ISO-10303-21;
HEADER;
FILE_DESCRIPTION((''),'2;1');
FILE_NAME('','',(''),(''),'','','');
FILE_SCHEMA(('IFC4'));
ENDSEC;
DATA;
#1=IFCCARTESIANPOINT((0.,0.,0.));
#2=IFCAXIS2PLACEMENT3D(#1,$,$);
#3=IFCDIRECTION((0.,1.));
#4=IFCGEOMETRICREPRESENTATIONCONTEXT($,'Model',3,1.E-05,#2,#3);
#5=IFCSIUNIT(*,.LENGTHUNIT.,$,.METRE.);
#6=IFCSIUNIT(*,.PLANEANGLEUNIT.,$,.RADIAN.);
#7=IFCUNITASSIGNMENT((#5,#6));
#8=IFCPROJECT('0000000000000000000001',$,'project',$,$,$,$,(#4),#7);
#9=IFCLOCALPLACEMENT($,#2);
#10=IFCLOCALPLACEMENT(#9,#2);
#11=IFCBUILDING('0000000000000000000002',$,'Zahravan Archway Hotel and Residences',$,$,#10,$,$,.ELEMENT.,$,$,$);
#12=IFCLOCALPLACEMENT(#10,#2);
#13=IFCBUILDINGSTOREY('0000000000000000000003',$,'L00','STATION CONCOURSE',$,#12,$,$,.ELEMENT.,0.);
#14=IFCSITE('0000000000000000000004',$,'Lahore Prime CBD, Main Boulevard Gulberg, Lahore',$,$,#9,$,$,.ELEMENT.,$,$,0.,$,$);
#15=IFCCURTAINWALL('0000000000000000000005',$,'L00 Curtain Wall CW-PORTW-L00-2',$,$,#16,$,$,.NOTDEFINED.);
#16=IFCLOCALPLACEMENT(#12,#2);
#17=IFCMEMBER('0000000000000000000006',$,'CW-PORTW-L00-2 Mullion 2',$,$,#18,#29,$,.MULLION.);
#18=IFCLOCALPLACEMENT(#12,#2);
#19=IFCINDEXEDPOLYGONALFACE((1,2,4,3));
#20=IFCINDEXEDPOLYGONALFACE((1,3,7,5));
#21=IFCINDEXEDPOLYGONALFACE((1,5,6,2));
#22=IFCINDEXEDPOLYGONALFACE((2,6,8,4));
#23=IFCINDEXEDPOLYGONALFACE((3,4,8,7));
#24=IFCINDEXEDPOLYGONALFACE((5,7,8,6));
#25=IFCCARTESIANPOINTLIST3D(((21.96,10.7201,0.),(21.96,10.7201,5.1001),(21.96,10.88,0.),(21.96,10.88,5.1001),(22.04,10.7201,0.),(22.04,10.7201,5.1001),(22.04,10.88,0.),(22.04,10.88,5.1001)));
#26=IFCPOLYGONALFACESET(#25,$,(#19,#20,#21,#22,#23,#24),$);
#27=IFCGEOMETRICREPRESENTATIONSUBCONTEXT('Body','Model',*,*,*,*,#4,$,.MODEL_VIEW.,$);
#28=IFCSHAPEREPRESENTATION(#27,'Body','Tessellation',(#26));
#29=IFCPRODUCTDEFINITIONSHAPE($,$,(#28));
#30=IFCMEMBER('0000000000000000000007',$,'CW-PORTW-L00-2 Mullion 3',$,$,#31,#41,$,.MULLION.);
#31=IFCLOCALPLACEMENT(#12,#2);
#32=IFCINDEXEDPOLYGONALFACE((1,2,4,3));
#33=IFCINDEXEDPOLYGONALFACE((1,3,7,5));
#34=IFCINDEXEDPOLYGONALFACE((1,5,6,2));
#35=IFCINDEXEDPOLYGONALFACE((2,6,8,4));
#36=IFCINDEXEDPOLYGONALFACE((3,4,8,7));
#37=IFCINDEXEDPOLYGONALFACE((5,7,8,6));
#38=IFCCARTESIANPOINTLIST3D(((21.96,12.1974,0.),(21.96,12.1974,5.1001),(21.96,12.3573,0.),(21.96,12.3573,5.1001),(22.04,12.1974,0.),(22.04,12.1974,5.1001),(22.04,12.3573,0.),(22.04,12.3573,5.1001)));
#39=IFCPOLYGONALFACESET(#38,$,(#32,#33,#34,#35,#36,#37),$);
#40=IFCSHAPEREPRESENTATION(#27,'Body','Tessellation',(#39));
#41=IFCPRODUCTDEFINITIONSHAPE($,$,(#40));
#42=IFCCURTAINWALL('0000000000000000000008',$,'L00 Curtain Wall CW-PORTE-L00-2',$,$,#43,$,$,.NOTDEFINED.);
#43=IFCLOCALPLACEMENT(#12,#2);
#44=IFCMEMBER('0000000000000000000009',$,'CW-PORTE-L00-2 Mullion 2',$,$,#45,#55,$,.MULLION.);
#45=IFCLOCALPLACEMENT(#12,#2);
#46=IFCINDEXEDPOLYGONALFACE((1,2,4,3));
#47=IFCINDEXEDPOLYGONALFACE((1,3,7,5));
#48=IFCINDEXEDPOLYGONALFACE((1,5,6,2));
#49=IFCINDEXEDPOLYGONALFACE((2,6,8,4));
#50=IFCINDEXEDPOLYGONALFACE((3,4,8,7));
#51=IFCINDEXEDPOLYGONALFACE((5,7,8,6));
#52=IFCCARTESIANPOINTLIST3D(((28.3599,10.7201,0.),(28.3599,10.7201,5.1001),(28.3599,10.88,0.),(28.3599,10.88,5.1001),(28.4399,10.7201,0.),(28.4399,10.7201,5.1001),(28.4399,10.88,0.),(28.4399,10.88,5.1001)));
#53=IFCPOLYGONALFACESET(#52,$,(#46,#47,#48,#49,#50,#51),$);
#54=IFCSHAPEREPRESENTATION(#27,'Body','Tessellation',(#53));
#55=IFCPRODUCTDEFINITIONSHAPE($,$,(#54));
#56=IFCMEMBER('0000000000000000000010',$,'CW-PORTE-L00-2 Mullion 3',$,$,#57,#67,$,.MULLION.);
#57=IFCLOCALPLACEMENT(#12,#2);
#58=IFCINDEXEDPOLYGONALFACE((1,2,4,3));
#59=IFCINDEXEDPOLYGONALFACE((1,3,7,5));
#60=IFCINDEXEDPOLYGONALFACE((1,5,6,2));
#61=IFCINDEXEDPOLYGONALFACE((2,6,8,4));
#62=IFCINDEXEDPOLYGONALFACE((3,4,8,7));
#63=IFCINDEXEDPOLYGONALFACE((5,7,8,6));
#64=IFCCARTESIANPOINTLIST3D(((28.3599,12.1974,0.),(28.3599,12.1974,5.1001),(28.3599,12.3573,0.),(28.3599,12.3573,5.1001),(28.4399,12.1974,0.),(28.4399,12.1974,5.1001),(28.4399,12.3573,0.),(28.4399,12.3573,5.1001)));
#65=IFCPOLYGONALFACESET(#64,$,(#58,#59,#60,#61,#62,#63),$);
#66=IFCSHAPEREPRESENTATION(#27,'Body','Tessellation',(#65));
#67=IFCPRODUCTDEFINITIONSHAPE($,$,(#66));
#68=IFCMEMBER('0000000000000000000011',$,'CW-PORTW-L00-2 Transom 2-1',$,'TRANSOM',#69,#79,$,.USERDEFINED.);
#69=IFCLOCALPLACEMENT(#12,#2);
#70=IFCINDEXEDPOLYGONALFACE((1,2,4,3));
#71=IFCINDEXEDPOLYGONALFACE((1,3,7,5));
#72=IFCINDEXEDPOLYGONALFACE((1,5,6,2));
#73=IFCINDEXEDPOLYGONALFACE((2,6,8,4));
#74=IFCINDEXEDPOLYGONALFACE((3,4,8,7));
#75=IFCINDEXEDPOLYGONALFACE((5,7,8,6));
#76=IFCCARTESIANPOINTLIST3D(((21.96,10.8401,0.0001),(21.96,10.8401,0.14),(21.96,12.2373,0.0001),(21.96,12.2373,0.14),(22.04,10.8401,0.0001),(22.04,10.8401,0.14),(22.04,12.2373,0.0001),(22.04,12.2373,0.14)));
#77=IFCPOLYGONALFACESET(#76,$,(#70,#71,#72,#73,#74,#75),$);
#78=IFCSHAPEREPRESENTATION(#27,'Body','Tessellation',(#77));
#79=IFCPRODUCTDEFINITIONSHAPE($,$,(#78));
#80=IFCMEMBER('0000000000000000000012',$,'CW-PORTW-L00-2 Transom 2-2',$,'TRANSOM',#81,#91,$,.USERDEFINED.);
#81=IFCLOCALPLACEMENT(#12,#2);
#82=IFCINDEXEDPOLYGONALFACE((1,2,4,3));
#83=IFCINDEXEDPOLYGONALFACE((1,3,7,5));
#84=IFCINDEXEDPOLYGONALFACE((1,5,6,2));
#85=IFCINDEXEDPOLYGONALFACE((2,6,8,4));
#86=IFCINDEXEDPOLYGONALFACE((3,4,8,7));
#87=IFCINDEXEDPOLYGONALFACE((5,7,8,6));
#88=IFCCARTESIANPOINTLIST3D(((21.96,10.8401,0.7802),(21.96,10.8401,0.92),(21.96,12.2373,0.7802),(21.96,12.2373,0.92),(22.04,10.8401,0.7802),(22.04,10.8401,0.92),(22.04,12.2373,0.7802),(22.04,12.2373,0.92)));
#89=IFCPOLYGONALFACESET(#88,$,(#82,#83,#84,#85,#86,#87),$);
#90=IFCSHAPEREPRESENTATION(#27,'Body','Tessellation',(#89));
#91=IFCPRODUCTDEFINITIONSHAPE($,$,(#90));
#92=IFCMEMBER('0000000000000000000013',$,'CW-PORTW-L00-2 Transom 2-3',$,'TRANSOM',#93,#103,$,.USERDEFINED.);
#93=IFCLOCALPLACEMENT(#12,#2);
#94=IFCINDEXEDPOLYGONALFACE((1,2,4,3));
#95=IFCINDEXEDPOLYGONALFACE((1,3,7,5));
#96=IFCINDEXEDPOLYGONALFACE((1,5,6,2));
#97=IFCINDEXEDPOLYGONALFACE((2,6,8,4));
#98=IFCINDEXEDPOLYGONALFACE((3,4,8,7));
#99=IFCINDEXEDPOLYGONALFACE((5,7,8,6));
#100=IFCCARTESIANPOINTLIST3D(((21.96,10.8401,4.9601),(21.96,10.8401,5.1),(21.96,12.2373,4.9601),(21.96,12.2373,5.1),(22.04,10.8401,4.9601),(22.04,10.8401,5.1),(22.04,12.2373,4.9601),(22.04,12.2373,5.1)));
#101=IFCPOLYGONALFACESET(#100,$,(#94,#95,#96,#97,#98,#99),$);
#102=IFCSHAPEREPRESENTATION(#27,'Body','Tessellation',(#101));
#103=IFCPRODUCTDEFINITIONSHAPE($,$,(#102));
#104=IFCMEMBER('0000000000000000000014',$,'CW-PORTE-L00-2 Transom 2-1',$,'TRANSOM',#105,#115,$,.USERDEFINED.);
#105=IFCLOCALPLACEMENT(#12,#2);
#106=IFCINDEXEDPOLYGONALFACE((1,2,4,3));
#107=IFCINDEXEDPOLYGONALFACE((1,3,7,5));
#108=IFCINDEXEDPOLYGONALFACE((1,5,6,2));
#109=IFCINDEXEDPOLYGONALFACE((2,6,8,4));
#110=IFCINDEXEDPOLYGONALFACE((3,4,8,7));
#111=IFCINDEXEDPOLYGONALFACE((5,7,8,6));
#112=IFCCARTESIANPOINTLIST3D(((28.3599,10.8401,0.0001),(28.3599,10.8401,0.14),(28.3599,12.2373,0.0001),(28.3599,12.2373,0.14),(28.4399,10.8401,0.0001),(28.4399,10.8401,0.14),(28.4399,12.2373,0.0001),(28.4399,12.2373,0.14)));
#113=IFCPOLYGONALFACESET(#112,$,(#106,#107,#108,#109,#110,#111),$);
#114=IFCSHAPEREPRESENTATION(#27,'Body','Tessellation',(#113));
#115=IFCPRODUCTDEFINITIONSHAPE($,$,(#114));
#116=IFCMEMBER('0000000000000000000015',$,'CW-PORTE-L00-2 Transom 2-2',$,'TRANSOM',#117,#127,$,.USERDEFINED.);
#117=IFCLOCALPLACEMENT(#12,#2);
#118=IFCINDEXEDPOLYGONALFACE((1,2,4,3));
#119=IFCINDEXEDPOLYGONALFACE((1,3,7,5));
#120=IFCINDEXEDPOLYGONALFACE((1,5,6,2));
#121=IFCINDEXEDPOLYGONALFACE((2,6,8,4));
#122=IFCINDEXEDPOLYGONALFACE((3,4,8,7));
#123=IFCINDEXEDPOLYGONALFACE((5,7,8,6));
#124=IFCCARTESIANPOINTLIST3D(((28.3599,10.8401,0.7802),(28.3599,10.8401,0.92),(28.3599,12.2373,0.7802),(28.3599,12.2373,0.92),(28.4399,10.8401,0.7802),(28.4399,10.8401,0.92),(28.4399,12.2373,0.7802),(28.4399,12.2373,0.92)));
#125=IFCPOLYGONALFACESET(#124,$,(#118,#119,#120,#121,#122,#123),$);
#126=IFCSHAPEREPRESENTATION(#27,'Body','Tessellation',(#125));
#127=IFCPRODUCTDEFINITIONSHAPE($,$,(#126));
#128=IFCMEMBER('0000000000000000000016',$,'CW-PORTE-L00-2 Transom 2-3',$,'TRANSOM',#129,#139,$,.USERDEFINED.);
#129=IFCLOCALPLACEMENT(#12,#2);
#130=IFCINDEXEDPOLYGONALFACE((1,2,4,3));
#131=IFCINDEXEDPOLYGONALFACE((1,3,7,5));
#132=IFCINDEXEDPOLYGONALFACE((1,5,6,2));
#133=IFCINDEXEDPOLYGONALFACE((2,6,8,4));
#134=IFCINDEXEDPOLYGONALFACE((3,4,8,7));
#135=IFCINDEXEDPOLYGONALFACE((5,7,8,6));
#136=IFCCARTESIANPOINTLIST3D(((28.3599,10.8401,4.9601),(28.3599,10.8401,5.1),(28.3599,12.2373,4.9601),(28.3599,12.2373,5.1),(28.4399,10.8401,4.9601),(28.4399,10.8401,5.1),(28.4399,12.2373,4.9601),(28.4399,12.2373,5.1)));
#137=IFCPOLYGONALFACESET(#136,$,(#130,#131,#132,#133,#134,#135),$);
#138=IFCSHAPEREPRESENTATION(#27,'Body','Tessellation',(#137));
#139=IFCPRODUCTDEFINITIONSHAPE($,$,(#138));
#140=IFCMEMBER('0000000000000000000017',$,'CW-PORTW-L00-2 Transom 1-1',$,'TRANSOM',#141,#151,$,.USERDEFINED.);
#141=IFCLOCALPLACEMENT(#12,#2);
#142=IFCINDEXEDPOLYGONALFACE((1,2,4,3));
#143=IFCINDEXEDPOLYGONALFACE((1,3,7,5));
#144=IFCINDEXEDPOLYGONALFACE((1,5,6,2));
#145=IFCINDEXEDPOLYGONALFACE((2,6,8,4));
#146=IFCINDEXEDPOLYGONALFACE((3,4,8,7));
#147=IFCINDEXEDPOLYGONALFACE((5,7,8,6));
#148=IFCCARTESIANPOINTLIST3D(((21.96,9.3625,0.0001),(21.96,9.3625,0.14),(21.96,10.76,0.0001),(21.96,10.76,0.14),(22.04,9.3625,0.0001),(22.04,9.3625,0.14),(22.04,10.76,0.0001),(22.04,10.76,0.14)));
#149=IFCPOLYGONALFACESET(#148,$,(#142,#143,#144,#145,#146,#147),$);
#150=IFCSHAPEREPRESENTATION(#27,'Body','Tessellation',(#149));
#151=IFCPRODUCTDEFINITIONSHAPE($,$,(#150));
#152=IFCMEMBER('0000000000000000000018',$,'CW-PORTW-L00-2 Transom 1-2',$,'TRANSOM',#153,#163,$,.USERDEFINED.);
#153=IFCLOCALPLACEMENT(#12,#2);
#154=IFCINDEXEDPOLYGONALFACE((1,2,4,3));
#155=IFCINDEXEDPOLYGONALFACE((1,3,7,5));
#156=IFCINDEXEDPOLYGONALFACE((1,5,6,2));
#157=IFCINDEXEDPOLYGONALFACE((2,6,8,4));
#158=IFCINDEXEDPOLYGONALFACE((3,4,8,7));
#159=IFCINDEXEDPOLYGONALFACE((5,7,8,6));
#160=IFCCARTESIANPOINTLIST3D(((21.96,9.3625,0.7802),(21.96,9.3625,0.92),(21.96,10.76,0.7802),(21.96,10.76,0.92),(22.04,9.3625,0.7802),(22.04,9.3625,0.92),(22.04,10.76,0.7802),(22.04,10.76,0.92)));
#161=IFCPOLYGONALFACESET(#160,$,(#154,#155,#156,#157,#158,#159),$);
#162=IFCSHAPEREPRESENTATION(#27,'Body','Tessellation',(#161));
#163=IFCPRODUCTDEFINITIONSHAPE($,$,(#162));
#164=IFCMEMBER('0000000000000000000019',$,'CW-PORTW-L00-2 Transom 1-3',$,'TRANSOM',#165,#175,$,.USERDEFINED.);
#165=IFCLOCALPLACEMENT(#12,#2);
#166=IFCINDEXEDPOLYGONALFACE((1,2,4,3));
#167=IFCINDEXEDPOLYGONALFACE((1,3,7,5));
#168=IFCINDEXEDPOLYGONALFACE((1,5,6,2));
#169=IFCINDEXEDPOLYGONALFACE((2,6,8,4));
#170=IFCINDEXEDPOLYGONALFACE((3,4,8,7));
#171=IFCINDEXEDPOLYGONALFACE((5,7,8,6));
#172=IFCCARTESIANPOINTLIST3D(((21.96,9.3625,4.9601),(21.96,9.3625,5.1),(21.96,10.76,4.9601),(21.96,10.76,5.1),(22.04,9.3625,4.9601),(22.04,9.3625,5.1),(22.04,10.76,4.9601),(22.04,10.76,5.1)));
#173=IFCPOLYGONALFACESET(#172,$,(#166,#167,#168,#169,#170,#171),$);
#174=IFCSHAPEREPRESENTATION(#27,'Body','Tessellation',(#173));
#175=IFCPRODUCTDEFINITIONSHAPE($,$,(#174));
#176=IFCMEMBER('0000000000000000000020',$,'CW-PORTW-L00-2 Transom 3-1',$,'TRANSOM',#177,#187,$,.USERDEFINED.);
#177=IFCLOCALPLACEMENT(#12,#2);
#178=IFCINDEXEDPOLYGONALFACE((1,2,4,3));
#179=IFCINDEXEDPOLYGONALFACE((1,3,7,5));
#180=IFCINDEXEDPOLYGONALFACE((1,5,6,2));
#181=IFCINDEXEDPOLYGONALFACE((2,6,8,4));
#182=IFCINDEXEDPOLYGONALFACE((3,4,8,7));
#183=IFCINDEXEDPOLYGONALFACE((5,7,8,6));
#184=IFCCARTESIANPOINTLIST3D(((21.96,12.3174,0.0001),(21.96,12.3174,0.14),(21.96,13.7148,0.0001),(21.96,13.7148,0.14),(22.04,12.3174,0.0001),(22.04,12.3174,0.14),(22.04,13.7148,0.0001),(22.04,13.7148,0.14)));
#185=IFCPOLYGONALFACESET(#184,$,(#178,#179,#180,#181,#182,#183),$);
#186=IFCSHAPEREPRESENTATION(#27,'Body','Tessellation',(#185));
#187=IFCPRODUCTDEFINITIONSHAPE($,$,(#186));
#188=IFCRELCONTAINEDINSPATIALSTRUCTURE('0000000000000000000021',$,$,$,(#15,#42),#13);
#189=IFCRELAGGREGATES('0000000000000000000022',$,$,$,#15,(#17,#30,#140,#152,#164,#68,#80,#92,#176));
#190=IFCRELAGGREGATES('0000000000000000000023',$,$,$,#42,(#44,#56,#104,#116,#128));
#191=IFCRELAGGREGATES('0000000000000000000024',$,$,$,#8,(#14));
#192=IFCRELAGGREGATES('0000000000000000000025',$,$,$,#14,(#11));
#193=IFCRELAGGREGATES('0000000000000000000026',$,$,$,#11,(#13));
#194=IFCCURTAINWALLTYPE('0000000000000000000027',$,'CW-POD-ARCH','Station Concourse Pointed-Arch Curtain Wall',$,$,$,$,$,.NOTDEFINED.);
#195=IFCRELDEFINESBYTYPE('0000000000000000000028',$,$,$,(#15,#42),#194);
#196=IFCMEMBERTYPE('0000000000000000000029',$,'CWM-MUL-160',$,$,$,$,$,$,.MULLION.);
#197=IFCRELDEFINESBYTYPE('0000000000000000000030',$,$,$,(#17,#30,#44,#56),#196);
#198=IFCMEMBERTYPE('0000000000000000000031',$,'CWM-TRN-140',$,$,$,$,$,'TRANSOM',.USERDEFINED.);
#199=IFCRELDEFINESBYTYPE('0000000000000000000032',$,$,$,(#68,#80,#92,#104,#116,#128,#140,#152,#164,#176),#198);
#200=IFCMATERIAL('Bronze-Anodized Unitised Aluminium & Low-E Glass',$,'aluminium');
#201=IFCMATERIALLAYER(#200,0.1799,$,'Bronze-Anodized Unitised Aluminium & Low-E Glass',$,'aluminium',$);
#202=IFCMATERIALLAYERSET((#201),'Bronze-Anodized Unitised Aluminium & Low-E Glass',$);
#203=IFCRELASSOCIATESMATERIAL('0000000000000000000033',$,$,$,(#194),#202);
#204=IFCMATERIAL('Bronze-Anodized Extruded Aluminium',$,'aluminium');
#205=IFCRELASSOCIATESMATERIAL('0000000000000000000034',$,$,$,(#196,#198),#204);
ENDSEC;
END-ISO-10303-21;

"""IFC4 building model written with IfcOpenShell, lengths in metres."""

from ifc_helpers import new_model, si_unit, direction, frame, origin, origin_2d, place, context, subcontext, project, spatial, rectangle, extrude, source, transform, mapped, material, layer, layer_set, material_profile, profile_set, type_object, element, aggregate, save


model = new_model("IFC4")

# Units and contexts
model_context = context("Model", 3, precision=1e-05, world=origin(), true_north=direction((0.0, 1.0)))
body_context = subcontext(model_context, "Body", "Model", "MODEL_VIEW")
ifc_project = project(units=[si_unit("LENGTHUNIT", "METRE"), si_unit("PLANEANGLEUNIT", "RADIAN")], contexts=[model_context])

# Site, building, storey
site_placement = place(None, origin())
site = spatial("IfcSite", under=ifc_project, at=site_placement, Name="Lahore Prime CBD, Main Boulevard Gulberg, Lahore", CompositionType="ELEMENT", RefElevation=0.0)
building_placement = place(site_placement, origin())
building = spatial("IfcBuilding", under=site, at=building_placement, Name="Zahravan Archway Hotel and Residences", CompositionType="ELEMENT")
storey_placement = place(building_placement, origin())
storey = spatial("IfcBuildingStorey", under=building, at=storey_placement, Name="L00", Description="STATION CONCOURSE", CompositionType="ELEMENT", Elevation=0.0)

# Curtain walls, members
ifc_material_1 = material(Name="Bronze-Anodized Unitised Aluminium & Low-E Glass", Category="aluminium")
ifc_layer_1 = layer(ifc_material_1, 0.1799, Name="Bronze-Anodized Unitised Aluminium & Low-E Glass", Category="aluminium")
ifc_layer_set_1 = layer_set([ifc_layer_1], Name="Bronze-Anodized Unitised Aluminium & Low-E Glass")
curtain_wall_type = type_object("IfcCurtainWallType", Name="CW-POD-ARCH", Description="Station Concourse Pointed-Arch Curtain Wall", PredefinedType="NOTDEFINED", material=ifc_layer_set_1)
curtain_wall_1_placement = place(storey_placement, origin())
curtain_wall_1 = element("IfcCurtainWall", 1, at=curtain_wall_1_placement, inside=storey, type_object=curtain_wall_type, Name="L00 Curtain Wall CW-PORTW-L00-2", PredefinedType="NOTDEFINED")
ifc_material_2 = material(Name="Bronze-Anodized Extruded Aluminium", Category="aluminium")
ifc_material_profile_1 = material_profile(ifc_material_2, rectangle(XDim=0.0801, YDim=0.1599, at=origin_2d()), Name="MUL 80x160", Category="aluminium")
ifc_profile_set_1 = profile_set([ifc_material_profile_1], Name="Bronze-Anodized Extruded Aluminium")
member_type_1 = type_object("IfcMemberType", Name="CWM-MUL-160", PredefinedType="MULLION", material=ifc_profile_set_1)
shared_shape_1 = source(origin(), body_context, "Body", "SweptSolid", [
    extrude(rectangle(XDim=0.0801, YDim=0.1599, at=origin_2d()), origin(), (0.0, 0.0, 1.0), 5.1001),
])
member_1_placement = place(storey_placement, frame((22.0, 10.8, 0.0), z_axis=(0.0, 0.0, 1.0), x_axis=(1.0, 0.0, 0.0)))
member_1 = element("IfcMember", 2, at=member_1_placement, type_object=member_type_1, Name="CW-PORTW-L00-2 Mullion 2", PredefinedType="MULLION", context=body_context, shape_type="MappedRepresentation", body=[
    mapped(shared_shape_1, transform((0.0, 0.0, 0.0), scale=1.0)),
])
member_2_placement = place(storey_placement, frame((22.0, 12.2773, 0.0), z_axis=(0.0, 0.0, 1.0), x_axis=(1.0, 0.0, 0.0)))
member_2 = element("IfcMember", 3, at=member_2_placement, type_object=member_type_1, Name="CW-PORTW-L00-2 Mullion 3", PredefinedType="MULLION", context=body_context, shape_type="MappedRepresentation", body=[
    mapped(shared_shape_1, transform((0.0, 0.0, 0.0), scale=1.0)),
])
curtain_wall_2_placement = place(storey_placement, origin())
curtain_wall_2 = element("IfcCurtainWall", 4, at=curtain_wall_2_placement, inside=storey, type_object=curtain_wall_type, Name="L00 Curtain Wall CW-PORTE-L00-2", PredefinedType="NOTDEFINED")
member_3_placement = place(storey_placement, frame((28.3999, 10.8, 0.0), z_axis=(0.0, 0.0, 1.0), x_axis=(1.0, 0.0, 0.0)))
member_3 = element("IfcMember", 5, at=member_3_placement, type_object=member_type_1, Name="CW-PORTE-L00-2 Mullion 2", PredefinedType="MULLION", context=body_context, shape_type="MappedRepresentation", body=[
    mapped(shared_shape_1, transform((0.0, 0.0, 0.0), scale=1.0)),
])
member_4_placement = place(storey_placement, frame((28.3999, 12.2773, 0.0), z_axis=(0.0, 0.0, 1.0), x_axis=(1.0, 0.0, 0.0)))
member_4 = element("IfcMember", 6, at=member_4_placement, type_object=member_type_1, Name="CW-PORTE-L00-2 Mullion 3", PredefinedType="MULLION", context=body_context, shape_type="MappedRepresentation", body=[
    mapped(shared_shape_1, transform((0.0, 0.0, 0.0), scale=1.0)),
])

# Members
ifc_material_profile_2 = material_profile(ifc_material_2, rectangle(XDim=0.0801, YDim=0.1399, at=origin_2d()), Name="TRN 80x140", Category="aluminium")
ifc_profile_set_2 = profile_set([ifc_material_profile_2], Name="Bronze-Anodized Extruded Aluminium")
member_type_2 = type_object("IfcMemberType", Name="CWM-TRN-140", ElementType="TRANSOM", PredefinedType="USERDEFINED", material=ifc_profile_set_2)
shared_shape_2 = source(origin(), body_context, "Body", "SweptSolid", [
    extrude(rectangle(XDim=0.0801, YDim=0.1399, at=origin_2d()), origin(), (0.0, 0.0, 1.0), 1.3972),
])
member_5_placement = place(storey_placement, frame((22.0, 10.8401, 0.0701), z_axis=(0.0, 1.0, 0.0), x_axis=(-1.0, 0.0, 0.0)))
member_5 = element("IfcMember", 7, at=member_5_placement, type_object=member_type_2, Name="CW-PORTW-L00-2 Transom 2-1", ObjectType="TRANSOM", PredefinedType="USERDEFINED", context=body_context, shape_type="MappedRepresentation", body=[
    mapped(shared_shape_2, transform((0.0, 0.0, 0.0), scale=1.0)),
])
member_6_placement = place(storey_placement, frame((22.0, 10.8401, 0.8501), z_axis=(0.0, 1.0, 0.0), x_axis=(-1.0, 0.0, 0.0)))
member_6 = element("IfcMember", 8, at=member_6_placement, type_object=member_type_2, Name="CW-PORTW-L00-2 Transom 2-2", ObjectType="TRANSOM", PredefinedType="USERDEFINED", context=body_context, shape_type="MappedRepresentation", body=[
    mapped(shared_shape_2, transform((0.0, 0.0, 0.0), scale=1.0)),
])
member_7_placement = place(storey_placement, frame((22.0, 10.8401, 5.03), z_axis=(0.0, 1.0, 0.0), x_axis=(-1.0, 0.0, 0.0)))
member_7 = element("IfcMember", 9, at=member_7_placement, type_object=member_type_2, Name="CW-PORTW-L00-2 Transom 2-3", ObjectType="TRANSOM", PredefinedType="USERDEFINED", context=body_context, shape_type="MappedRepresentation", body=[
    mapped(shared_shape_2, transform((0.0, 0.0, 0.0), scale=1.0)),
])
member_8_placement = place(storey_placement, frame((28.3999, 10.8401, 0.0701), z_axis=(0.0, 1.0, 0.0), x_axis=(-1.0, 0.0, 0.0)))
member_8 = element("IfcMember", 10, at=member_8_placement, type_object=member_type_2, Name="CW-PORTE-L00-2 Transom 2-1", ObjectType="TRANSOM", PredefinedType="USERDEFINED", context=body_context, shape_type="MappedRepresentation", body=[
    mapped(shared_shape_2, transform((0.0, 0.0, 0.0), scale=1.0)),
])
member_9_placement = place(storey_placement, frame((28.3999, 10.8401, 0.8501), z_axis=(0.0, 1.0, 0.0), x_axis=(-1.0, 0.0, 0.0)))
member_9 = element("IfcMember", 11, at=member_9_placement, type_object=member_type_2, Name="CW-PORTE-L00-2 Transom 2-2", ObjectType="TRANSOM", PredefinedType="USERDEFINED", context=body_context, shape_type="MappedRepresentation", body=[
    mapped(shared_shape_2, transform((0.0, 0.0, 0.0), scale=1.0)),
])
member_10_placement = place(storey_placement, frame((28.3999, 10.8401, 5.03), z_axis=(0.0, 1.0, 0.0), x_axis=(-1.0, 0.0, 0.0)))
member_10 = element("IfcMember", 12, at=member_10_placement, type_object=member_type_2, Name="CW-PORTE-L00-2 Transom 2-3", ObjectType="TRANSOM", PredefinedType="USERDEFINED", context=body_context, shape_type="MappedRepresentation", body=[
    mapped(shared_shape_2, transform((0.0, 0.0, 0.0), scale=1.0)),
])
shared_shape_3 = source(origin(), body_context, "Body", "SweptSolid", [
    extrude(rectangle(XDim=0.0801, YDim=0.1399, at=origin_2d()), origin(), (0.0, 0.0, 1.0), 1.3975),
])
member_11_placement = place(storey_placement, frame((22.0, 9.3625, 0.0701), z_axis=(0.0, 1.0, 0.0), x_axis=(-1.0, 0.0, 0.0)))
member_11 = element("IfcMember", 13, at=member_11_placement, type_object=member_type_2, Name="CW-PORTW-L00-2 Transom 1-1", ObjectType="TRANSOM", PredefinedType="USERDEFINED", context=body_context, shape_type="MappedRepresentation", body=[
    mapped(shared_shape_3, transform((0.0, 0.0, 0.0), scale=1.0)),
])
member_12_placement = place(storey_placement, frame((22.0, 9.3625, 0.8501), z_axis=(0.0, 1.0, 0.0), x_axis=(-1.0, 0.0, 0.0)))
member_12 = element("IfcMember", 14, at=member_12_placement, type_object=member_type_2, Name="CW-PORTW-L00-2 Transom 1-2", ObjectType="TRANSOM", PredefinedType="USERDEFINED", context=body_context, shape_type="MappedRepresentation", body=[
    mapped(shared_shape_3, transform((0.0, 0.0, 0.0), scale=1.0)),
])
member_13_placement = place(storey_placement, frame((22.0, 9.3625, 5.03), z_axis=(0.0, 1.0, 0.0), x_axis=(-1.0, 0.0, 0.0)))
member_13 = element("IfcMember", 15, at=member_13_placement, type_object=member_type_2, Name="CW-PORTW-L00-2 Transom 1-3", ObjectType="TRANSOM", PredefinedType="USERDEFINED", context=body_context, shape_type="MappedRepresentation", body=[
    mapped(shared_shape_3, transform((0.0, 0.0, 0.0), scale=1.0)),
])
member_14_placement = place(storey_placement, frame((22.0, 12.3174, 0.0701), z_axis=(0.0, 1.0, 0.0), x_axis=(-1.0, 0.0, 0.0)))
member_14 = element("IfcMember", 16, at=member_14_placement, type_object=member_type_2, Name="CW-PORTW-L00-2 Transom 3-1", ObjectType="TRANSOM", PredefinedType="USERDEFINED", context=body_context, shape_type="MappedRepresentation", body=[
    mapped(shared_shape_3, transform((0.0, 0.0, 0.0), scale=1.0)),
])

aggregate(curtain_wall_1, [member_1, member_2, member_11, member_12, member_13, member_5, member_6, member_7, member_14])
aggregate(curtain_wall_2, [member_3, member_4, member_8, member_9, member_10])

save(model, "model.ifc")
